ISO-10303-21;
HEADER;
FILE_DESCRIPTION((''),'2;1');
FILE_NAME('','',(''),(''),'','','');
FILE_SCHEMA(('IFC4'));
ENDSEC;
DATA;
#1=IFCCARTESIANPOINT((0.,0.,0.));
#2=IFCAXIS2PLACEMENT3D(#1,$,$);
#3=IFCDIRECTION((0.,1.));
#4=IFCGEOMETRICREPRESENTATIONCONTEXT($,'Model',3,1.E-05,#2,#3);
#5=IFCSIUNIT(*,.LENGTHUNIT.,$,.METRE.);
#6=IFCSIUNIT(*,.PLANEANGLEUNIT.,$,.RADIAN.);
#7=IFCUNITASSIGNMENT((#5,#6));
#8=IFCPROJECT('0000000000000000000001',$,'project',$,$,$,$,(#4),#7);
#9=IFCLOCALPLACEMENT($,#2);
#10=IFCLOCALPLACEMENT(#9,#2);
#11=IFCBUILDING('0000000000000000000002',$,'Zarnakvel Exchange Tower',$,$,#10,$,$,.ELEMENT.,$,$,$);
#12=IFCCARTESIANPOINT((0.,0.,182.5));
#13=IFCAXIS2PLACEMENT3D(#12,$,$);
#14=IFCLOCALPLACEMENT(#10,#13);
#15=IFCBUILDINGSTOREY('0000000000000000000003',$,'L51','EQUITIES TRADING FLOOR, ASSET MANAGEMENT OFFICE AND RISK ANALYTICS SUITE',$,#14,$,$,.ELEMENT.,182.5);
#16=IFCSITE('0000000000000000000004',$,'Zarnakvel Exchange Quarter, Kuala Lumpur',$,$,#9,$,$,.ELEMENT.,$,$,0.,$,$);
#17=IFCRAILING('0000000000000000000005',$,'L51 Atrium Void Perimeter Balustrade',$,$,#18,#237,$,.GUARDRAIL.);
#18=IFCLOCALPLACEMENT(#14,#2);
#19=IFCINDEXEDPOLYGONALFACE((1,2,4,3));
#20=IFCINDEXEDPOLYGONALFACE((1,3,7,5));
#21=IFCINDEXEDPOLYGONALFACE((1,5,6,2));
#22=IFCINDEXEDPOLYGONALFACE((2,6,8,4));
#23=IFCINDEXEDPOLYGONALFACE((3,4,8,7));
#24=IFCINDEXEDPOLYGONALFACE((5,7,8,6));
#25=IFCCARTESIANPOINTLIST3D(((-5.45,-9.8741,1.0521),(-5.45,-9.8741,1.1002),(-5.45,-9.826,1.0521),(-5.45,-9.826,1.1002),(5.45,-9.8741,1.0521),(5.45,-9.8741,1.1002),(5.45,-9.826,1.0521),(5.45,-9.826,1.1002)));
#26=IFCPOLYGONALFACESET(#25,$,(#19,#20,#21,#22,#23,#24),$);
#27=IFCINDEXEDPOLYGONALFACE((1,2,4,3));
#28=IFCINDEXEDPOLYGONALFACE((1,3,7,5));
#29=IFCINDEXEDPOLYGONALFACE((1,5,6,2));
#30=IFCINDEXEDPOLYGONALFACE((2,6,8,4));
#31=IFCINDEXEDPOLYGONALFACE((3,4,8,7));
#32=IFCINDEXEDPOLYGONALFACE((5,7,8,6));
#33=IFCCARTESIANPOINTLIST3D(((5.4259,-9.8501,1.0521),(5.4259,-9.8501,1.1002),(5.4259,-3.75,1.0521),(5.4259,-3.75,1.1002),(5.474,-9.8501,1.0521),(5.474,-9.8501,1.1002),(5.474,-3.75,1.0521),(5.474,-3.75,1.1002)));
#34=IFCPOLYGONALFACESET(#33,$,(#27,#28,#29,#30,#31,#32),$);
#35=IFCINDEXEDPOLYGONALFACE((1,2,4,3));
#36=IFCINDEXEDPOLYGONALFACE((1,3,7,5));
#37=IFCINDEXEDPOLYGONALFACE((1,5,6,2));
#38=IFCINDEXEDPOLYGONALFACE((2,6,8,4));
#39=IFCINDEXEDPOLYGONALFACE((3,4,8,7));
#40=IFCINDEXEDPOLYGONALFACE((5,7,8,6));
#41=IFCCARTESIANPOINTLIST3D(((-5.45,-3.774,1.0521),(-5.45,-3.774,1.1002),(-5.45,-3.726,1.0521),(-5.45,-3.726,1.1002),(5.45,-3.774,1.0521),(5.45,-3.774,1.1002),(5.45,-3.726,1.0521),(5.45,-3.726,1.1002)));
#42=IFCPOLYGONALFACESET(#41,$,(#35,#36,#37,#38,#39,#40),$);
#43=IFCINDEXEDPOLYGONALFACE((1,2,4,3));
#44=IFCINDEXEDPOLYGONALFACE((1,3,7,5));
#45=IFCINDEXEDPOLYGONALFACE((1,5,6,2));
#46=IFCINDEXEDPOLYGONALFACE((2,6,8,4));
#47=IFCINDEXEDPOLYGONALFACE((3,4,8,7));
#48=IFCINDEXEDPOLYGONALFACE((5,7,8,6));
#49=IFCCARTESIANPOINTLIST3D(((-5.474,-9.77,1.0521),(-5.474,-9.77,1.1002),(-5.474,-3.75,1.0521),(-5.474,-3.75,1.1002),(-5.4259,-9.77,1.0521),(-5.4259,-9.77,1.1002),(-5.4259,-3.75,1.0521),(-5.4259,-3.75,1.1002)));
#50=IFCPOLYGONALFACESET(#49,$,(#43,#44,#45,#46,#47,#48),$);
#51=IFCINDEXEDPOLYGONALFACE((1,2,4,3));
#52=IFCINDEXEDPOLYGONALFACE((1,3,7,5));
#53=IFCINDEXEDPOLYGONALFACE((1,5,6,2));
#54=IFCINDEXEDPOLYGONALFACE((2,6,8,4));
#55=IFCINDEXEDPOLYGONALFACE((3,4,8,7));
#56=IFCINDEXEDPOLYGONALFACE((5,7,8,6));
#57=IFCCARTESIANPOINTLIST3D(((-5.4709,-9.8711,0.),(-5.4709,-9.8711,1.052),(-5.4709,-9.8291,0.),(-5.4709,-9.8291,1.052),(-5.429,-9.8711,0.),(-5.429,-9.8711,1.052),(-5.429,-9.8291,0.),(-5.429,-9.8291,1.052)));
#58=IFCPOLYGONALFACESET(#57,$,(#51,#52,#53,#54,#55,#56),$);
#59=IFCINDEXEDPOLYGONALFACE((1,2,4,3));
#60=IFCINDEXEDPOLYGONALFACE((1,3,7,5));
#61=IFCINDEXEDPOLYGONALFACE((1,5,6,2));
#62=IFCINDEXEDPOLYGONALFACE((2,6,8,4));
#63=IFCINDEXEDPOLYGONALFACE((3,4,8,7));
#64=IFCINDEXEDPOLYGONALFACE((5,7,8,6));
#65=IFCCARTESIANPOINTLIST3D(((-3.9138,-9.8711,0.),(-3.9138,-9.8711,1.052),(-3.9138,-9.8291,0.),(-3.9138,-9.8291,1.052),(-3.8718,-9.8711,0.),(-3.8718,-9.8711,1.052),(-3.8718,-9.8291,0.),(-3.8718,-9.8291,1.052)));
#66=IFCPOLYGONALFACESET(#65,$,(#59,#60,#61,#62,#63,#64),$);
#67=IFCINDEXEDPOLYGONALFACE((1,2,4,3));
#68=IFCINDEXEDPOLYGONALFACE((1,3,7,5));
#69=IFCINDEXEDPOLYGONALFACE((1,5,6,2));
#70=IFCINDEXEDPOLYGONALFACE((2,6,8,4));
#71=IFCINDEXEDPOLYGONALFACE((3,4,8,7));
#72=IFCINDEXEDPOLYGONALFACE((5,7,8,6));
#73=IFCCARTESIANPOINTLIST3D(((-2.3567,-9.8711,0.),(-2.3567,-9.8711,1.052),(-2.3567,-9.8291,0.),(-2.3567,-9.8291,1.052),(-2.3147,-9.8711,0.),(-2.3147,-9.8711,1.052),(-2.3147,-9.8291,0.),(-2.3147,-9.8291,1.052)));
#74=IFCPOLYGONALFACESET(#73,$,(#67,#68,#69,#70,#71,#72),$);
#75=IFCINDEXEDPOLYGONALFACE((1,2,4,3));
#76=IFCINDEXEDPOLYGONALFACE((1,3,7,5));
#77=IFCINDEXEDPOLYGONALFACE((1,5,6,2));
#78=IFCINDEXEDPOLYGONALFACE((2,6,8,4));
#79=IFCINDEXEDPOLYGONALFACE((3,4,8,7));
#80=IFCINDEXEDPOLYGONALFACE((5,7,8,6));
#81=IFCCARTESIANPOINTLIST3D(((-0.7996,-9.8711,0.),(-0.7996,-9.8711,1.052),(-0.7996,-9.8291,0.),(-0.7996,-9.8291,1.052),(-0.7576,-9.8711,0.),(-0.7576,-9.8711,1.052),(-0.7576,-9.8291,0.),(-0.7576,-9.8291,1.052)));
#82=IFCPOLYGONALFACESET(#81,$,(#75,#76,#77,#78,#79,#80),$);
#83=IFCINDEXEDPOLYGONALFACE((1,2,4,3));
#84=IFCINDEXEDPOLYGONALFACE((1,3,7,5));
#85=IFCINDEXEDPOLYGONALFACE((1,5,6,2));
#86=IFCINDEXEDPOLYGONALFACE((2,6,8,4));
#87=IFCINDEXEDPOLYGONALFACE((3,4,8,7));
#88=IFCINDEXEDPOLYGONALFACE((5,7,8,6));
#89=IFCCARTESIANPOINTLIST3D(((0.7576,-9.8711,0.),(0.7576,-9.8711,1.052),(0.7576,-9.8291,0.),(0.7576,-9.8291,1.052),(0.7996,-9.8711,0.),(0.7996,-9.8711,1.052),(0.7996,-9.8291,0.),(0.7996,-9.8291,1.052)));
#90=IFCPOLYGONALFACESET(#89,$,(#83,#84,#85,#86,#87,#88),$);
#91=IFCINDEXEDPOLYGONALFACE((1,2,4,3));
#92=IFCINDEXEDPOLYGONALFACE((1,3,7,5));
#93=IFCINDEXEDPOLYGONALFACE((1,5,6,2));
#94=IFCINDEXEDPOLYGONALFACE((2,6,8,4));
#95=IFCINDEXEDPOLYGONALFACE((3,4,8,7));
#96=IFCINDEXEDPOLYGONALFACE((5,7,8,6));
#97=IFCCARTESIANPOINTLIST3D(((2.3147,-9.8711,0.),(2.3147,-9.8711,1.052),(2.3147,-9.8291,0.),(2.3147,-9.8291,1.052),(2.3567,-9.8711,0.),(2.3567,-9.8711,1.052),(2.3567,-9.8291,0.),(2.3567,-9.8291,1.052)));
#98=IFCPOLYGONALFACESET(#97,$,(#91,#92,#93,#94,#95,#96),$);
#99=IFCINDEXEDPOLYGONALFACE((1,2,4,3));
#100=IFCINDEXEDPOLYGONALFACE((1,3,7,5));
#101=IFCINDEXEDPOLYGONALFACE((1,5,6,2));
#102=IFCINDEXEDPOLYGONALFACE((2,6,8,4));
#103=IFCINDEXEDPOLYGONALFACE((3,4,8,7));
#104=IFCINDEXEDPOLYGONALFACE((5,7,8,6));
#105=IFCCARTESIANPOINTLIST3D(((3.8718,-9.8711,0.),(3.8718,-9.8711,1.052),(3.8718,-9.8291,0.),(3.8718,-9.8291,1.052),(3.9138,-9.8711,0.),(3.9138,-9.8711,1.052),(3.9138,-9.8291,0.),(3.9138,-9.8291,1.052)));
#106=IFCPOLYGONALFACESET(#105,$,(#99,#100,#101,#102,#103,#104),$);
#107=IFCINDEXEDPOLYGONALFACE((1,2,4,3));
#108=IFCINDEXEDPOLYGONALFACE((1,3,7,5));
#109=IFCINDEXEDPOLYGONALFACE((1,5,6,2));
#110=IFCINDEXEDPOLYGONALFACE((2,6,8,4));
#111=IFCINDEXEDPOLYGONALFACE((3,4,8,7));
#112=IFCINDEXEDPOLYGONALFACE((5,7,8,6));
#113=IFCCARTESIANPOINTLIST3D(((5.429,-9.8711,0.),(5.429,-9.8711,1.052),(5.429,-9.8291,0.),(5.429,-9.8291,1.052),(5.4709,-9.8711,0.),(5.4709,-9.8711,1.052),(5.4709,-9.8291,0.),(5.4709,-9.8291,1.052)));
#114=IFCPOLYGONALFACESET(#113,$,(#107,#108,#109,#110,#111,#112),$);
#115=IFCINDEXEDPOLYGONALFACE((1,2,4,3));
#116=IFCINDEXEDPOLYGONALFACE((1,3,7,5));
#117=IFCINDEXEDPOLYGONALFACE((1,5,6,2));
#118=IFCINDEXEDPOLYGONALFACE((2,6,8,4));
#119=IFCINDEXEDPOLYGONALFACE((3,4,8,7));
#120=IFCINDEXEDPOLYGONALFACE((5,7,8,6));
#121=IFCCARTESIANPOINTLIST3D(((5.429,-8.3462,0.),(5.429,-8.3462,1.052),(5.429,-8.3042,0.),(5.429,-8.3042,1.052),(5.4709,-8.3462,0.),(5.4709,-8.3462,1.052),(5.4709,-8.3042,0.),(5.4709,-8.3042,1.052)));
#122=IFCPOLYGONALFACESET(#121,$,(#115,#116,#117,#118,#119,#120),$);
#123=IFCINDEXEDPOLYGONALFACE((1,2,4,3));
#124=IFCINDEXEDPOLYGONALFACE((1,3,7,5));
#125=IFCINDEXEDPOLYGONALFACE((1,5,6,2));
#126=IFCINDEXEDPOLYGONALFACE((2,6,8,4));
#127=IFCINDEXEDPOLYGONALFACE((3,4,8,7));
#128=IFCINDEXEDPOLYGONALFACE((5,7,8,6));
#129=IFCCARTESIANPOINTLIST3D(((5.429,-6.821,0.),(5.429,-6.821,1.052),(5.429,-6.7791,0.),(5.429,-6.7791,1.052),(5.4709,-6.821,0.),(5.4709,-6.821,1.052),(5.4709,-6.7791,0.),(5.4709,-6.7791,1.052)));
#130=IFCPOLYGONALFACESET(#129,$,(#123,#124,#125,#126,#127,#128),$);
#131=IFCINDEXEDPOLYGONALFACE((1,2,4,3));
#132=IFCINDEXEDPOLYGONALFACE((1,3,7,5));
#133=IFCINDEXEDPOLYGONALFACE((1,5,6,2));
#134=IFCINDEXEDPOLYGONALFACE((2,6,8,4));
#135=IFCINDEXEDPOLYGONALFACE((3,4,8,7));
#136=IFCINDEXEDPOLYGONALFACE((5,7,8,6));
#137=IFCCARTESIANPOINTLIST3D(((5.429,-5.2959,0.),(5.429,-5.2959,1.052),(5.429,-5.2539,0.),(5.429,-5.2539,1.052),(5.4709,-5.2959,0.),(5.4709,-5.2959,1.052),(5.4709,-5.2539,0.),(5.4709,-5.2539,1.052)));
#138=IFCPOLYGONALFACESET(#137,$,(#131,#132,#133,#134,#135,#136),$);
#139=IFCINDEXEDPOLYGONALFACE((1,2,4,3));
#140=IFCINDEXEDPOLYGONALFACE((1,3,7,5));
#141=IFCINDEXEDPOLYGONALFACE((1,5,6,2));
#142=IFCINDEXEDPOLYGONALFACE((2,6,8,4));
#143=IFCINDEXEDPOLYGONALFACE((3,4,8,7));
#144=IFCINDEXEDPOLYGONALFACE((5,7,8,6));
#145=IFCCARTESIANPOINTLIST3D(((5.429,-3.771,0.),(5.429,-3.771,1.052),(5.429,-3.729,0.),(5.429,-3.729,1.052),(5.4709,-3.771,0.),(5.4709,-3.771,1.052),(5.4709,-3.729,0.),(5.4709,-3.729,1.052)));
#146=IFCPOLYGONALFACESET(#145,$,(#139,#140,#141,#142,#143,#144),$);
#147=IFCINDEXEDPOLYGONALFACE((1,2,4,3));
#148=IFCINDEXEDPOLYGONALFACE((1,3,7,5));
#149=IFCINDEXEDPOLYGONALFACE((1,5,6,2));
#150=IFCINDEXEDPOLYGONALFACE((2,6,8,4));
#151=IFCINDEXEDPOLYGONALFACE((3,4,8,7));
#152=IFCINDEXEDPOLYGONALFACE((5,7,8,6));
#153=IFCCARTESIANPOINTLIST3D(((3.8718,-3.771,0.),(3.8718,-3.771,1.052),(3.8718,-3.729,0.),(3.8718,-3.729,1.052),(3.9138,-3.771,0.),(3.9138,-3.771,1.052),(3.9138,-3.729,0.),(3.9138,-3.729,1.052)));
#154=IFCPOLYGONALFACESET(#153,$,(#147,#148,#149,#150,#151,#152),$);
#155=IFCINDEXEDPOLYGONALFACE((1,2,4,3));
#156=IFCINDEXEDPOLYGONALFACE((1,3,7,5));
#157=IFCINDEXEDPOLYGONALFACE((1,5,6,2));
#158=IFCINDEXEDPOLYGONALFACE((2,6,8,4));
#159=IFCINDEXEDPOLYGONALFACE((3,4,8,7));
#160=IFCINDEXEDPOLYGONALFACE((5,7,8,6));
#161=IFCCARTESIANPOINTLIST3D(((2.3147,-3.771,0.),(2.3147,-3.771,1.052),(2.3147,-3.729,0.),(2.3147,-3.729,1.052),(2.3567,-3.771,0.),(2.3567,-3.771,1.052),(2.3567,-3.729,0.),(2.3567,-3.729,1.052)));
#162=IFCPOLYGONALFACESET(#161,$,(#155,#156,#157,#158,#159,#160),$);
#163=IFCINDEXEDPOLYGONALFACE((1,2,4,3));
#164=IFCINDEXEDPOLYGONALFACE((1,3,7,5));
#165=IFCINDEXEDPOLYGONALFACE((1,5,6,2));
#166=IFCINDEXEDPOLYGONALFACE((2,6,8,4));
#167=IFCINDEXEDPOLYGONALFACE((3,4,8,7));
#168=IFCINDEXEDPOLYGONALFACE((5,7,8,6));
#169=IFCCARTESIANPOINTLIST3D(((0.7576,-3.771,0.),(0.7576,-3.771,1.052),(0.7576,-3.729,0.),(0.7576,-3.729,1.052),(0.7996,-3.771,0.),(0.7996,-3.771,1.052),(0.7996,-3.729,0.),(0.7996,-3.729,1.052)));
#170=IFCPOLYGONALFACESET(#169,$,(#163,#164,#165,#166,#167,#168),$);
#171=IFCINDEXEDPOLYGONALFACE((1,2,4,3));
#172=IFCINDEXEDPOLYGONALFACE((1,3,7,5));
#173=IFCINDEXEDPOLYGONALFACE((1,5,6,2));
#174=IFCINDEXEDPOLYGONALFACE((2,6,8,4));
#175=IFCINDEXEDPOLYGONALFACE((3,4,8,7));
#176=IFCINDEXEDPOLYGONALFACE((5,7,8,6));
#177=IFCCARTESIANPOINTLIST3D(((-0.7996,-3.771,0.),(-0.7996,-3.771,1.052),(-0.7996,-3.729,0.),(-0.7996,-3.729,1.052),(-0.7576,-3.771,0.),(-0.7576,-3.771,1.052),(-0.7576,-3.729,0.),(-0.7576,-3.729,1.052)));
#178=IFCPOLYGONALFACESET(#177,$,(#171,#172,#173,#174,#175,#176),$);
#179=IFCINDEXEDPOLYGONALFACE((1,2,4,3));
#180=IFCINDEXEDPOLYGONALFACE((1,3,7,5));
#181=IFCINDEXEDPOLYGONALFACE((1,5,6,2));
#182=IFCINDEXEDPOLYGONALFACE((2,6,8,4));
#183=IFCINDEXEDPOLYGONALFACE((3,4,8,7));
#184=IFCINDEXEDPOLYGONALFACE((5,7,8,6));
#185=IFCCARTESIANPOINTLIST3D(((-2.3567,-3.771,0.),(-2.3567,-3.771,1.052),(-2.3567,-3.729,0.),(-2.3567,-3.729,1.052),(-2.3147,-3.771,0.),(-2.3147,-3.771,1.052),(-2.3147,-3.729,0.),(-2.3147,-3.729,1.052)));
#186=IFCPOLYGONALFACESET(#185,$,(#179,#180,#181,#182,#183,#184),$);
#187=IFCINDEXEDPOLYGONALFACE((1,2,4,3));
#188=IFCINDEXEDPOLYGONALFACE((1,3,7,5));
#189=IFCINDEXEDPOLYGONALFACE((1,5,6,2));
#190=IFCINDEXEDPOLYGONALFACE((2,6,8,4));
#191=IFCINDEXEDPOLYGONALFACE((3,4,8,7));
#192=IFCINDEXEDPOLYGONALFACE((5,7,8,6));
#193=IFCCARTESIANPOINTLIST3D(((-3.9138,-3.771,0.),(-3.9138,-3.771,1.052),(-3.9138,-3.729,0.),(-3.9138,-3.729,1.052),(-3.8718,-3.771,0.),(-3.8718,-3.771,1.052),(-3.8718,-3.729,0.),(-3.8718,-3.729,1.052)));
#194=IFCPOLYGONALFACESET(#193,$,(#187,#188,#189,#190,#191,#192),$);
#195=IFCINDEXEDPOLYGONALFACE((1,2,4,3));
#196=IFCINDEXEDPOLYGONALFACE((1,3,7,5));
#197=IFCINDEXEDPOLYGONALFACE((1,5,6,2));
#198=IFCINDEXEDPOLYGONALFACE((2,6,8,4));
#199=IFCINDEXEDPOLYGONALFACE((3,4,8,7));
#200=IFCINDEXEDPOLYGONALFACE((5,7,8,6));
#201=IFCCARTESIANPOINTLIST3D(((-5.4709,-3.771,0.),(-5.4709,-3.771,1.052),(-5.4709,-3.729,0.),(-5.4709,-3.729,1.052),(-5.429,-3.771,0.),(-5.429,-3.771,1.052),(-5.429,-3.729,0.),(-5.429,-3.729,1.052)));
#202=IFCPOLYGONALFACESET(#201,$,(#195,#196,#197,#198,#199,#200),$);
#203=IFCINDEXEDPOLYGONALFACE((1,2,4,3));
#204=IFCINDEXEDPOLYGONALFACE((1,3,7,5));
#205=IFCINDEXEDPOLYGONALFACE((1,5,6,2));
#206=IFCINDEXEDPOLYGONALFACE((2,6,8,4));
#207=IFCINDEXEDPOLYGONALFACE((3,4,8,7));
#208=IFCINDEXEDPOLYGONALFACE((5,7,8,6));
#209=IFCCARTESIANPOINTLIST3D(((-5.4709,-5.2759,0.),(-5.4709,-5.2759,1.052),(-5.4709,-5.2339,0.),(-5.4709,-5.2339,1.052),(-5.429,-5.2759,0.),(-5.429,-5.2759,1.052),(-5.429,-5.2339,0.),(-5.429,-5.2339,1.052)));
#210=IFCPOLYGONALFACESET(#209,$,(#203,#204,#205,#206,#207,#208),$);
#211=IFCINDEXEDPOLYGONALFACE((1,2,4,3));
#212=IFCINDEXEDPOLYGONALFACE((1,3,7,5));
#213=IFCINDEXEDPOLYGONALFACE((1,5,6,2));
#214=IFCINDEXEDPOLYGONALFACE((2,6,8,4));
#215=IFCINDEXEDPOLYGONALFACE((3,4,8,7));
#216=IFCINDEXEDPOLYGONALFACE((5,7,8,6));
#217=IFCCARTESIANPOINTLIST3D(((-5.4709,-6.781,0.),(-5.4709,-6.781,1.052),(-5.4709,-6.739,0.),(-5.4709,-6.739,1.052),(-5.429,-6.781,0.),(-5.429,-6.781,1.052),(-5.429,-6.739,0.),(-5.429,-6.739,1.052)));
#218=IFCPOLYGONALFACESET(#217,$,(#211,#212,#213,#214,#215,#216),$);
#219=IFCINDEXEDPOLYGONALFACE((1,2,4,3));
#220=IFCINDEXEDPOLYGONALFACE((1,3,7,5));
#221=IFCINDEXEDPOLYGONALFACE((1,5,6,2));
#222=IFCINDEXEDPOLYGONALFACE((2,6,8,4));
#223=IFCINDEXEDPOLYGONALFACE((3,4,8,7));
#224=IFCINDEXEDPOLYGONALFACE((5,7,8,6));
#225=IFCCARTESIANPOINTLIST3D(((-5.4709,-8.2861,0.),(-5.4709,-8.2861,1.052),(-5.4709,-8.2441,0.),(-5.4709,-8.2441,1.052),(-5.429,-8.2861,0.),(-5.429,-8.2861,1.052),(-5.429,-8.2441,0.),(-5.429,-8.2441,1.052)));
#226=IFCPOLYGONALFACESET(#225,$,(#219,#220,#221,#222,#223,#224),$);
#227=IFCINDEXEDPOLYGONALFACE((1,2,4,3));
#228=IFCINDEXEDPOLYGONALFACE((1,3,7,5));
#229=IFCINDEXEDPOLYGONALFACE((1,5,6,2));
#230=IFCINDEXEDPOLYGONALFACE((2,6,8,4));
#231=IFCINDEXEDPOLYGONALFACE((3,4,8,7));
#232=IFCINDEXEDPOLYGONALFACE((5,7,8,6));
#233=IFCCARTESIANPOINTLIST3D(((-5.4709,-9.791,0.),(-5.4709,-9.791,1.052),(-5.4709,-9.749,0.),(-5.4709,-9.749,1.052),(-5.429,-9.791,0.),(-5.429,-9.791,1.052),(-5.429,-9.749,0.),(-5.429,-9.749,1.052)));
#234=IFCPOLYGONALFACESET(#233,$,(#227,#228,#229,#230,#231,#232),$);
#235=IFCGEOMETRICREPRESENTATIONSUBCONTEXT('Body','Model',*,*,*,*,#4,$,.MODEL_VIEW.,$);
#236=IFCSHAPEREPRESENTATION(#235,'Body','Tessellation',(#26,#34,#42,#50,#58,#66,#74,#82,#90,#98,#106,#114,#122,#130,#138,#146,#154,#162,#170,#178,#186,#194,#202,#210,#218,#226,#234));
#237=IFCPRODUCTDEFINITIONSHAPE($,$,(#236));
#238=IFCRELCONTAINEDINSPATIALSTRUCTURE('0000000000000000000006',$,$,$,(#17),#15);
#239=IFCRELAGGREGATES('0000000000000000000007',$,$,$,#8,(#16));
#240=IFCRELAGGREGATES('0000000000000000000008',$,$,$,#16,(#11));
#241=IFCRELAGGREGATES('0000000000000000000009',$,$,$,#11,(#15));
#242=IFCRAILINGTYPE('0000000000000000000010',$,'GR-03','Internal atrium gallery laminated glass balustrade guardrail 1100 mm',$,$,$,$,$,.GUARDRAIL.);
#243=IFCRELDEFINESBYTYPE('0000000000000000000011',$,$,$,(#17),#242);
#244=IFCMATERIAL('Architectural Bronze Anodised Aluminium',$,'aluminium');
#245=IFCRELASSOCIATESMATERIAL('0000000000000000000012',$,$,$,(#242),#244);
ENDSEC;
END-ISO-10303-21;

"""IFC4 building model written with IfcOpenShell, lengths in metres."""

from ifc_helpers import new_model, si_unit, direction, frame, origin, origin_2d, place, context, subcontext, project, spatial, rectangle, extrude, material, type_object, element, save


model = new_model("IFC4")

# Units and contexts
model_context = context("Model", 3, precision=1e-05, world=origin(), true_north=direction((0.0, 1.0)))
body_context = subcontext(model_context, "Body", "Model", "MODEL_VIEW")
ifc_project = project(units=[si_unit("LENGTHUNIT", "METRE"), si_unit("PLANEANGLEUNIT", "RADIAN")], contexts=[model_context])

# Site, building, storey
site_placement = place(None, origin())
site = spatial("IfcSite", under=ifc_project, at=site_placement, Name="Zarnakvel Exchange Quarter, Kuala Lumpur", CompositionType="ELEMENT", RefElevation=0.0)
building_placement = place(site_placement, origin())
building = spatial("IfcBuilding", under=site, at=building_placement, Name="Zarnakvel Exchange Tower", CompositionType="ELEMENT")
storey_placement = place(building_placement, frame((0.0, 0.0, 182.5)))
storey = spatial("IfcBuildingStorey", under=building, at=storey_placement, Name="L51", Description="EQUITIES TRADING FLOOR, ASSET MANAGEMENT OFFICE AND RISK ANALYTICS SUITE", CompositionType="ELEMENT", Elevation=182.5)

# Railing
ifc_material_1 = material(Name="Architectural Bronze Anodised Aluminium", Category="aluminium")
railing_type_1 = type_object("IfcRailingType", Name="GR-03", Description="Internal atrium gallery laminated glass balustrade guardrail 1100 mm", PredefinedType="GUARDRAIL", material=ifc_material_1)
railing_1_placement = place(storey_placement, frame((-5.45, -9.8501, 0.0)))
element("IfcRailing", 1, at=railing_1_placement, inside=storey, type_object=railing_type_1, Name="L51 Atrium Void Perimeter Balustrade", PredefinedType="GUARDRAIL", context=body_context, shape_type="SweptSolid", body=[
    extrude(rectangle(XDim=0.0481, YDim=0.0481, at=origin_2d()), frame((0.0, 0.0, 1.0762), z_axis=(1.0, 0.0, 0.0), x_axis=(0.0, 1.0, 0.0)), (0.0, 0.0, 1.0), 10.8999),
    extrude(rectangle(XDim=0.0481, YDim=0.0481, at=origin_2d()), frame((10.8999, 0.0, 1.0762), z_axis=(0.0, 1.0, 0.0), x_axis=(-1.0, 0.0, 0.0)), (0.0, 0.0, 1.0), 6.1001),
    extrude(rectangle(XDim=0.0481, YDim=0.0481, at=origin_2d()), frame((10.8999, 6.1001, 1.0762), z_axis=(-1.0, 0.0, 0.0), x_axis=(0.0, -1.0, 0.0)), (0.0, 0.0, 1.0), 10.8999),
    extrude(rectangle(XDim=0.0481, YDim=0.0481, at=origin_2d()), frame((0.0, 6.1001, 1.0762), z_axis=(0.0, -1.0, 0.0), x_axis=(1.0, 0.0, 0.0)), (0.0, 0.0, 1.0), 6.02),
    extrude(rectangle(XDim=0.042, YDim=0.042, at=origin_2d()), origin(), (0.0, 0.0, 1.0), 1.052),
    extrude(rectangle(XDim=0.042, YDim=0.042, at=origin_2d()), frame((1.5571, 0.0, 0.0)), (0.0, 0.0, 1.0), 1.052),
    extrude(rectangle(XDim=0.042, YDim=0.042, at=origin_2d()), frame((3.1143, 0.0, 0.0)), (0.0, 0.0, 1.0), 1.052),
    extrude(rectangle(XDim=0.042, YDim=0.042, at=origin_2d()), frame((4.6714, 0.0, 0.0)), (0.0, 0.0, 1.0), 1.052),
    extrude(rectangle(XDim=0.042, YDim=0.042, at=origin_2d()), frame((6.2285, 0.0, 0.0)), (0.0, 0.0, 1.0), 1.052),
    extrude(rectangle(XDim=0.042, YDim=0.042, at=origin_2d()), frame((7.7856, 0.0, 0.0)), (0.0, 0.0, 1.0), 1.052),
    extrude(rectangle(XDim=0.042, YDim=0.042, at=origin_2d()), frame((9.3428, 0.0, 0.0)), (0.0, 0.0, 1.0), 1.052),
    extrude(rectangle(XDim=0.042, YDim=0.042, at=origin_2d()), frame((10.8999, 0.0, 0.0)), (0.0, 0.0, 1.0), 1.052),
    extrude(rectangle(XDim=0.042, YDim=0.042, at=origin_2d()), frame((10.8999, 1.5249, 0.0)), (0.0, 0.0, 1.0), 1.052),
    extrude(rectangle(XDim=0.042, YDim=0.042, at=origin_2d()), frame((10.8999, 3.05, 0.0)), (0.0, 0.0, 1.0), 1.052),
    extrude(rectangle(XDim=0.042, YDim=0.042, at=origin_2d()), frame((10.8999, 4.5752, 0.0)), (0.0, 0.0, 1.0), 1.052),
    extrude(rectangle(XDim=0.042, YDim=0.042, at=origin_2d()), frame((10.8999, 6.1001, 0.0)), (0.0, 0.0, 1.0), 1.052),
    extrude(rectangle(XDim=0.042, YDim=0.042, at=origin_2d()), frame((9.3428, 6.1001, 0.0)), (0.0, 0.0, 1.0), 1.052),
    extrude(rectangle(XDim=0.042, YDim=0.042, at=origin_2d()), frame((7.7856, 6.1001, 0.0)), (0.0, 0.0, 1.0), 1.052),
    extrude(rectangle(XDim=0.042, YDim=0.042, at=origin_2d()), frame((6.2285, 6.1001, 0.0)), (0.0, 0.0, 1.0), 1.052),
    extrude(rectangle(XDim=0.042, YDim=0.042, at=origin_2d()), frame((4.6714, 6.1001, 0.0)), (0.0, 0.0, 1.0), 1.052),
    extrude(rectangle(XDim=0.042, YDim=0.042, at=origin_2d()), frame((3.1143, 6.1001, 0.0)), (0.0, 0.0, 1.0), 1.052),
    extrude(rectangle(XDim=0.042, YDim=0.042, at=origin_2d()), frame((1.5571, 6.1001, 0.0)), (0.0, 0.0, 1.0), 1.052),
    extrude(rectangle(XDim=0.042, YDim=0.042, at=origin_2d()), frame((0.0, 6.1001, 0.0)), (0.0, 0.0, 1.0), 1.052),
    extrude(rectangle(XDim=0.042, YDim=0.042, at=origin_2d()), frame((0.0, 4.5952, 0.0)), (0.0, 0.0, 1.0), 1.052),
    extrude(rectangle(XDim=0.042, YDim=0.042, at=origin_2d()), frame((0.0, 3.0901, 0.0)), (0.0, 0.0, 1.0), 1.052),
    extrude(rectangle(XDim=0.042, YDim=0.042, at=origin_2d()), frame((0.0, 1.585, 0.0)), (0.0, 0.0, 1.0), 1.052),
    extrude(rectangle(XDim=0.042, YDim=0.042, at=origin_2d()), frame((0.0, 0.0801, 0.0)), (0.0, 0.0, 1.0), 1.052),
])

save(model, "model.ifc")
